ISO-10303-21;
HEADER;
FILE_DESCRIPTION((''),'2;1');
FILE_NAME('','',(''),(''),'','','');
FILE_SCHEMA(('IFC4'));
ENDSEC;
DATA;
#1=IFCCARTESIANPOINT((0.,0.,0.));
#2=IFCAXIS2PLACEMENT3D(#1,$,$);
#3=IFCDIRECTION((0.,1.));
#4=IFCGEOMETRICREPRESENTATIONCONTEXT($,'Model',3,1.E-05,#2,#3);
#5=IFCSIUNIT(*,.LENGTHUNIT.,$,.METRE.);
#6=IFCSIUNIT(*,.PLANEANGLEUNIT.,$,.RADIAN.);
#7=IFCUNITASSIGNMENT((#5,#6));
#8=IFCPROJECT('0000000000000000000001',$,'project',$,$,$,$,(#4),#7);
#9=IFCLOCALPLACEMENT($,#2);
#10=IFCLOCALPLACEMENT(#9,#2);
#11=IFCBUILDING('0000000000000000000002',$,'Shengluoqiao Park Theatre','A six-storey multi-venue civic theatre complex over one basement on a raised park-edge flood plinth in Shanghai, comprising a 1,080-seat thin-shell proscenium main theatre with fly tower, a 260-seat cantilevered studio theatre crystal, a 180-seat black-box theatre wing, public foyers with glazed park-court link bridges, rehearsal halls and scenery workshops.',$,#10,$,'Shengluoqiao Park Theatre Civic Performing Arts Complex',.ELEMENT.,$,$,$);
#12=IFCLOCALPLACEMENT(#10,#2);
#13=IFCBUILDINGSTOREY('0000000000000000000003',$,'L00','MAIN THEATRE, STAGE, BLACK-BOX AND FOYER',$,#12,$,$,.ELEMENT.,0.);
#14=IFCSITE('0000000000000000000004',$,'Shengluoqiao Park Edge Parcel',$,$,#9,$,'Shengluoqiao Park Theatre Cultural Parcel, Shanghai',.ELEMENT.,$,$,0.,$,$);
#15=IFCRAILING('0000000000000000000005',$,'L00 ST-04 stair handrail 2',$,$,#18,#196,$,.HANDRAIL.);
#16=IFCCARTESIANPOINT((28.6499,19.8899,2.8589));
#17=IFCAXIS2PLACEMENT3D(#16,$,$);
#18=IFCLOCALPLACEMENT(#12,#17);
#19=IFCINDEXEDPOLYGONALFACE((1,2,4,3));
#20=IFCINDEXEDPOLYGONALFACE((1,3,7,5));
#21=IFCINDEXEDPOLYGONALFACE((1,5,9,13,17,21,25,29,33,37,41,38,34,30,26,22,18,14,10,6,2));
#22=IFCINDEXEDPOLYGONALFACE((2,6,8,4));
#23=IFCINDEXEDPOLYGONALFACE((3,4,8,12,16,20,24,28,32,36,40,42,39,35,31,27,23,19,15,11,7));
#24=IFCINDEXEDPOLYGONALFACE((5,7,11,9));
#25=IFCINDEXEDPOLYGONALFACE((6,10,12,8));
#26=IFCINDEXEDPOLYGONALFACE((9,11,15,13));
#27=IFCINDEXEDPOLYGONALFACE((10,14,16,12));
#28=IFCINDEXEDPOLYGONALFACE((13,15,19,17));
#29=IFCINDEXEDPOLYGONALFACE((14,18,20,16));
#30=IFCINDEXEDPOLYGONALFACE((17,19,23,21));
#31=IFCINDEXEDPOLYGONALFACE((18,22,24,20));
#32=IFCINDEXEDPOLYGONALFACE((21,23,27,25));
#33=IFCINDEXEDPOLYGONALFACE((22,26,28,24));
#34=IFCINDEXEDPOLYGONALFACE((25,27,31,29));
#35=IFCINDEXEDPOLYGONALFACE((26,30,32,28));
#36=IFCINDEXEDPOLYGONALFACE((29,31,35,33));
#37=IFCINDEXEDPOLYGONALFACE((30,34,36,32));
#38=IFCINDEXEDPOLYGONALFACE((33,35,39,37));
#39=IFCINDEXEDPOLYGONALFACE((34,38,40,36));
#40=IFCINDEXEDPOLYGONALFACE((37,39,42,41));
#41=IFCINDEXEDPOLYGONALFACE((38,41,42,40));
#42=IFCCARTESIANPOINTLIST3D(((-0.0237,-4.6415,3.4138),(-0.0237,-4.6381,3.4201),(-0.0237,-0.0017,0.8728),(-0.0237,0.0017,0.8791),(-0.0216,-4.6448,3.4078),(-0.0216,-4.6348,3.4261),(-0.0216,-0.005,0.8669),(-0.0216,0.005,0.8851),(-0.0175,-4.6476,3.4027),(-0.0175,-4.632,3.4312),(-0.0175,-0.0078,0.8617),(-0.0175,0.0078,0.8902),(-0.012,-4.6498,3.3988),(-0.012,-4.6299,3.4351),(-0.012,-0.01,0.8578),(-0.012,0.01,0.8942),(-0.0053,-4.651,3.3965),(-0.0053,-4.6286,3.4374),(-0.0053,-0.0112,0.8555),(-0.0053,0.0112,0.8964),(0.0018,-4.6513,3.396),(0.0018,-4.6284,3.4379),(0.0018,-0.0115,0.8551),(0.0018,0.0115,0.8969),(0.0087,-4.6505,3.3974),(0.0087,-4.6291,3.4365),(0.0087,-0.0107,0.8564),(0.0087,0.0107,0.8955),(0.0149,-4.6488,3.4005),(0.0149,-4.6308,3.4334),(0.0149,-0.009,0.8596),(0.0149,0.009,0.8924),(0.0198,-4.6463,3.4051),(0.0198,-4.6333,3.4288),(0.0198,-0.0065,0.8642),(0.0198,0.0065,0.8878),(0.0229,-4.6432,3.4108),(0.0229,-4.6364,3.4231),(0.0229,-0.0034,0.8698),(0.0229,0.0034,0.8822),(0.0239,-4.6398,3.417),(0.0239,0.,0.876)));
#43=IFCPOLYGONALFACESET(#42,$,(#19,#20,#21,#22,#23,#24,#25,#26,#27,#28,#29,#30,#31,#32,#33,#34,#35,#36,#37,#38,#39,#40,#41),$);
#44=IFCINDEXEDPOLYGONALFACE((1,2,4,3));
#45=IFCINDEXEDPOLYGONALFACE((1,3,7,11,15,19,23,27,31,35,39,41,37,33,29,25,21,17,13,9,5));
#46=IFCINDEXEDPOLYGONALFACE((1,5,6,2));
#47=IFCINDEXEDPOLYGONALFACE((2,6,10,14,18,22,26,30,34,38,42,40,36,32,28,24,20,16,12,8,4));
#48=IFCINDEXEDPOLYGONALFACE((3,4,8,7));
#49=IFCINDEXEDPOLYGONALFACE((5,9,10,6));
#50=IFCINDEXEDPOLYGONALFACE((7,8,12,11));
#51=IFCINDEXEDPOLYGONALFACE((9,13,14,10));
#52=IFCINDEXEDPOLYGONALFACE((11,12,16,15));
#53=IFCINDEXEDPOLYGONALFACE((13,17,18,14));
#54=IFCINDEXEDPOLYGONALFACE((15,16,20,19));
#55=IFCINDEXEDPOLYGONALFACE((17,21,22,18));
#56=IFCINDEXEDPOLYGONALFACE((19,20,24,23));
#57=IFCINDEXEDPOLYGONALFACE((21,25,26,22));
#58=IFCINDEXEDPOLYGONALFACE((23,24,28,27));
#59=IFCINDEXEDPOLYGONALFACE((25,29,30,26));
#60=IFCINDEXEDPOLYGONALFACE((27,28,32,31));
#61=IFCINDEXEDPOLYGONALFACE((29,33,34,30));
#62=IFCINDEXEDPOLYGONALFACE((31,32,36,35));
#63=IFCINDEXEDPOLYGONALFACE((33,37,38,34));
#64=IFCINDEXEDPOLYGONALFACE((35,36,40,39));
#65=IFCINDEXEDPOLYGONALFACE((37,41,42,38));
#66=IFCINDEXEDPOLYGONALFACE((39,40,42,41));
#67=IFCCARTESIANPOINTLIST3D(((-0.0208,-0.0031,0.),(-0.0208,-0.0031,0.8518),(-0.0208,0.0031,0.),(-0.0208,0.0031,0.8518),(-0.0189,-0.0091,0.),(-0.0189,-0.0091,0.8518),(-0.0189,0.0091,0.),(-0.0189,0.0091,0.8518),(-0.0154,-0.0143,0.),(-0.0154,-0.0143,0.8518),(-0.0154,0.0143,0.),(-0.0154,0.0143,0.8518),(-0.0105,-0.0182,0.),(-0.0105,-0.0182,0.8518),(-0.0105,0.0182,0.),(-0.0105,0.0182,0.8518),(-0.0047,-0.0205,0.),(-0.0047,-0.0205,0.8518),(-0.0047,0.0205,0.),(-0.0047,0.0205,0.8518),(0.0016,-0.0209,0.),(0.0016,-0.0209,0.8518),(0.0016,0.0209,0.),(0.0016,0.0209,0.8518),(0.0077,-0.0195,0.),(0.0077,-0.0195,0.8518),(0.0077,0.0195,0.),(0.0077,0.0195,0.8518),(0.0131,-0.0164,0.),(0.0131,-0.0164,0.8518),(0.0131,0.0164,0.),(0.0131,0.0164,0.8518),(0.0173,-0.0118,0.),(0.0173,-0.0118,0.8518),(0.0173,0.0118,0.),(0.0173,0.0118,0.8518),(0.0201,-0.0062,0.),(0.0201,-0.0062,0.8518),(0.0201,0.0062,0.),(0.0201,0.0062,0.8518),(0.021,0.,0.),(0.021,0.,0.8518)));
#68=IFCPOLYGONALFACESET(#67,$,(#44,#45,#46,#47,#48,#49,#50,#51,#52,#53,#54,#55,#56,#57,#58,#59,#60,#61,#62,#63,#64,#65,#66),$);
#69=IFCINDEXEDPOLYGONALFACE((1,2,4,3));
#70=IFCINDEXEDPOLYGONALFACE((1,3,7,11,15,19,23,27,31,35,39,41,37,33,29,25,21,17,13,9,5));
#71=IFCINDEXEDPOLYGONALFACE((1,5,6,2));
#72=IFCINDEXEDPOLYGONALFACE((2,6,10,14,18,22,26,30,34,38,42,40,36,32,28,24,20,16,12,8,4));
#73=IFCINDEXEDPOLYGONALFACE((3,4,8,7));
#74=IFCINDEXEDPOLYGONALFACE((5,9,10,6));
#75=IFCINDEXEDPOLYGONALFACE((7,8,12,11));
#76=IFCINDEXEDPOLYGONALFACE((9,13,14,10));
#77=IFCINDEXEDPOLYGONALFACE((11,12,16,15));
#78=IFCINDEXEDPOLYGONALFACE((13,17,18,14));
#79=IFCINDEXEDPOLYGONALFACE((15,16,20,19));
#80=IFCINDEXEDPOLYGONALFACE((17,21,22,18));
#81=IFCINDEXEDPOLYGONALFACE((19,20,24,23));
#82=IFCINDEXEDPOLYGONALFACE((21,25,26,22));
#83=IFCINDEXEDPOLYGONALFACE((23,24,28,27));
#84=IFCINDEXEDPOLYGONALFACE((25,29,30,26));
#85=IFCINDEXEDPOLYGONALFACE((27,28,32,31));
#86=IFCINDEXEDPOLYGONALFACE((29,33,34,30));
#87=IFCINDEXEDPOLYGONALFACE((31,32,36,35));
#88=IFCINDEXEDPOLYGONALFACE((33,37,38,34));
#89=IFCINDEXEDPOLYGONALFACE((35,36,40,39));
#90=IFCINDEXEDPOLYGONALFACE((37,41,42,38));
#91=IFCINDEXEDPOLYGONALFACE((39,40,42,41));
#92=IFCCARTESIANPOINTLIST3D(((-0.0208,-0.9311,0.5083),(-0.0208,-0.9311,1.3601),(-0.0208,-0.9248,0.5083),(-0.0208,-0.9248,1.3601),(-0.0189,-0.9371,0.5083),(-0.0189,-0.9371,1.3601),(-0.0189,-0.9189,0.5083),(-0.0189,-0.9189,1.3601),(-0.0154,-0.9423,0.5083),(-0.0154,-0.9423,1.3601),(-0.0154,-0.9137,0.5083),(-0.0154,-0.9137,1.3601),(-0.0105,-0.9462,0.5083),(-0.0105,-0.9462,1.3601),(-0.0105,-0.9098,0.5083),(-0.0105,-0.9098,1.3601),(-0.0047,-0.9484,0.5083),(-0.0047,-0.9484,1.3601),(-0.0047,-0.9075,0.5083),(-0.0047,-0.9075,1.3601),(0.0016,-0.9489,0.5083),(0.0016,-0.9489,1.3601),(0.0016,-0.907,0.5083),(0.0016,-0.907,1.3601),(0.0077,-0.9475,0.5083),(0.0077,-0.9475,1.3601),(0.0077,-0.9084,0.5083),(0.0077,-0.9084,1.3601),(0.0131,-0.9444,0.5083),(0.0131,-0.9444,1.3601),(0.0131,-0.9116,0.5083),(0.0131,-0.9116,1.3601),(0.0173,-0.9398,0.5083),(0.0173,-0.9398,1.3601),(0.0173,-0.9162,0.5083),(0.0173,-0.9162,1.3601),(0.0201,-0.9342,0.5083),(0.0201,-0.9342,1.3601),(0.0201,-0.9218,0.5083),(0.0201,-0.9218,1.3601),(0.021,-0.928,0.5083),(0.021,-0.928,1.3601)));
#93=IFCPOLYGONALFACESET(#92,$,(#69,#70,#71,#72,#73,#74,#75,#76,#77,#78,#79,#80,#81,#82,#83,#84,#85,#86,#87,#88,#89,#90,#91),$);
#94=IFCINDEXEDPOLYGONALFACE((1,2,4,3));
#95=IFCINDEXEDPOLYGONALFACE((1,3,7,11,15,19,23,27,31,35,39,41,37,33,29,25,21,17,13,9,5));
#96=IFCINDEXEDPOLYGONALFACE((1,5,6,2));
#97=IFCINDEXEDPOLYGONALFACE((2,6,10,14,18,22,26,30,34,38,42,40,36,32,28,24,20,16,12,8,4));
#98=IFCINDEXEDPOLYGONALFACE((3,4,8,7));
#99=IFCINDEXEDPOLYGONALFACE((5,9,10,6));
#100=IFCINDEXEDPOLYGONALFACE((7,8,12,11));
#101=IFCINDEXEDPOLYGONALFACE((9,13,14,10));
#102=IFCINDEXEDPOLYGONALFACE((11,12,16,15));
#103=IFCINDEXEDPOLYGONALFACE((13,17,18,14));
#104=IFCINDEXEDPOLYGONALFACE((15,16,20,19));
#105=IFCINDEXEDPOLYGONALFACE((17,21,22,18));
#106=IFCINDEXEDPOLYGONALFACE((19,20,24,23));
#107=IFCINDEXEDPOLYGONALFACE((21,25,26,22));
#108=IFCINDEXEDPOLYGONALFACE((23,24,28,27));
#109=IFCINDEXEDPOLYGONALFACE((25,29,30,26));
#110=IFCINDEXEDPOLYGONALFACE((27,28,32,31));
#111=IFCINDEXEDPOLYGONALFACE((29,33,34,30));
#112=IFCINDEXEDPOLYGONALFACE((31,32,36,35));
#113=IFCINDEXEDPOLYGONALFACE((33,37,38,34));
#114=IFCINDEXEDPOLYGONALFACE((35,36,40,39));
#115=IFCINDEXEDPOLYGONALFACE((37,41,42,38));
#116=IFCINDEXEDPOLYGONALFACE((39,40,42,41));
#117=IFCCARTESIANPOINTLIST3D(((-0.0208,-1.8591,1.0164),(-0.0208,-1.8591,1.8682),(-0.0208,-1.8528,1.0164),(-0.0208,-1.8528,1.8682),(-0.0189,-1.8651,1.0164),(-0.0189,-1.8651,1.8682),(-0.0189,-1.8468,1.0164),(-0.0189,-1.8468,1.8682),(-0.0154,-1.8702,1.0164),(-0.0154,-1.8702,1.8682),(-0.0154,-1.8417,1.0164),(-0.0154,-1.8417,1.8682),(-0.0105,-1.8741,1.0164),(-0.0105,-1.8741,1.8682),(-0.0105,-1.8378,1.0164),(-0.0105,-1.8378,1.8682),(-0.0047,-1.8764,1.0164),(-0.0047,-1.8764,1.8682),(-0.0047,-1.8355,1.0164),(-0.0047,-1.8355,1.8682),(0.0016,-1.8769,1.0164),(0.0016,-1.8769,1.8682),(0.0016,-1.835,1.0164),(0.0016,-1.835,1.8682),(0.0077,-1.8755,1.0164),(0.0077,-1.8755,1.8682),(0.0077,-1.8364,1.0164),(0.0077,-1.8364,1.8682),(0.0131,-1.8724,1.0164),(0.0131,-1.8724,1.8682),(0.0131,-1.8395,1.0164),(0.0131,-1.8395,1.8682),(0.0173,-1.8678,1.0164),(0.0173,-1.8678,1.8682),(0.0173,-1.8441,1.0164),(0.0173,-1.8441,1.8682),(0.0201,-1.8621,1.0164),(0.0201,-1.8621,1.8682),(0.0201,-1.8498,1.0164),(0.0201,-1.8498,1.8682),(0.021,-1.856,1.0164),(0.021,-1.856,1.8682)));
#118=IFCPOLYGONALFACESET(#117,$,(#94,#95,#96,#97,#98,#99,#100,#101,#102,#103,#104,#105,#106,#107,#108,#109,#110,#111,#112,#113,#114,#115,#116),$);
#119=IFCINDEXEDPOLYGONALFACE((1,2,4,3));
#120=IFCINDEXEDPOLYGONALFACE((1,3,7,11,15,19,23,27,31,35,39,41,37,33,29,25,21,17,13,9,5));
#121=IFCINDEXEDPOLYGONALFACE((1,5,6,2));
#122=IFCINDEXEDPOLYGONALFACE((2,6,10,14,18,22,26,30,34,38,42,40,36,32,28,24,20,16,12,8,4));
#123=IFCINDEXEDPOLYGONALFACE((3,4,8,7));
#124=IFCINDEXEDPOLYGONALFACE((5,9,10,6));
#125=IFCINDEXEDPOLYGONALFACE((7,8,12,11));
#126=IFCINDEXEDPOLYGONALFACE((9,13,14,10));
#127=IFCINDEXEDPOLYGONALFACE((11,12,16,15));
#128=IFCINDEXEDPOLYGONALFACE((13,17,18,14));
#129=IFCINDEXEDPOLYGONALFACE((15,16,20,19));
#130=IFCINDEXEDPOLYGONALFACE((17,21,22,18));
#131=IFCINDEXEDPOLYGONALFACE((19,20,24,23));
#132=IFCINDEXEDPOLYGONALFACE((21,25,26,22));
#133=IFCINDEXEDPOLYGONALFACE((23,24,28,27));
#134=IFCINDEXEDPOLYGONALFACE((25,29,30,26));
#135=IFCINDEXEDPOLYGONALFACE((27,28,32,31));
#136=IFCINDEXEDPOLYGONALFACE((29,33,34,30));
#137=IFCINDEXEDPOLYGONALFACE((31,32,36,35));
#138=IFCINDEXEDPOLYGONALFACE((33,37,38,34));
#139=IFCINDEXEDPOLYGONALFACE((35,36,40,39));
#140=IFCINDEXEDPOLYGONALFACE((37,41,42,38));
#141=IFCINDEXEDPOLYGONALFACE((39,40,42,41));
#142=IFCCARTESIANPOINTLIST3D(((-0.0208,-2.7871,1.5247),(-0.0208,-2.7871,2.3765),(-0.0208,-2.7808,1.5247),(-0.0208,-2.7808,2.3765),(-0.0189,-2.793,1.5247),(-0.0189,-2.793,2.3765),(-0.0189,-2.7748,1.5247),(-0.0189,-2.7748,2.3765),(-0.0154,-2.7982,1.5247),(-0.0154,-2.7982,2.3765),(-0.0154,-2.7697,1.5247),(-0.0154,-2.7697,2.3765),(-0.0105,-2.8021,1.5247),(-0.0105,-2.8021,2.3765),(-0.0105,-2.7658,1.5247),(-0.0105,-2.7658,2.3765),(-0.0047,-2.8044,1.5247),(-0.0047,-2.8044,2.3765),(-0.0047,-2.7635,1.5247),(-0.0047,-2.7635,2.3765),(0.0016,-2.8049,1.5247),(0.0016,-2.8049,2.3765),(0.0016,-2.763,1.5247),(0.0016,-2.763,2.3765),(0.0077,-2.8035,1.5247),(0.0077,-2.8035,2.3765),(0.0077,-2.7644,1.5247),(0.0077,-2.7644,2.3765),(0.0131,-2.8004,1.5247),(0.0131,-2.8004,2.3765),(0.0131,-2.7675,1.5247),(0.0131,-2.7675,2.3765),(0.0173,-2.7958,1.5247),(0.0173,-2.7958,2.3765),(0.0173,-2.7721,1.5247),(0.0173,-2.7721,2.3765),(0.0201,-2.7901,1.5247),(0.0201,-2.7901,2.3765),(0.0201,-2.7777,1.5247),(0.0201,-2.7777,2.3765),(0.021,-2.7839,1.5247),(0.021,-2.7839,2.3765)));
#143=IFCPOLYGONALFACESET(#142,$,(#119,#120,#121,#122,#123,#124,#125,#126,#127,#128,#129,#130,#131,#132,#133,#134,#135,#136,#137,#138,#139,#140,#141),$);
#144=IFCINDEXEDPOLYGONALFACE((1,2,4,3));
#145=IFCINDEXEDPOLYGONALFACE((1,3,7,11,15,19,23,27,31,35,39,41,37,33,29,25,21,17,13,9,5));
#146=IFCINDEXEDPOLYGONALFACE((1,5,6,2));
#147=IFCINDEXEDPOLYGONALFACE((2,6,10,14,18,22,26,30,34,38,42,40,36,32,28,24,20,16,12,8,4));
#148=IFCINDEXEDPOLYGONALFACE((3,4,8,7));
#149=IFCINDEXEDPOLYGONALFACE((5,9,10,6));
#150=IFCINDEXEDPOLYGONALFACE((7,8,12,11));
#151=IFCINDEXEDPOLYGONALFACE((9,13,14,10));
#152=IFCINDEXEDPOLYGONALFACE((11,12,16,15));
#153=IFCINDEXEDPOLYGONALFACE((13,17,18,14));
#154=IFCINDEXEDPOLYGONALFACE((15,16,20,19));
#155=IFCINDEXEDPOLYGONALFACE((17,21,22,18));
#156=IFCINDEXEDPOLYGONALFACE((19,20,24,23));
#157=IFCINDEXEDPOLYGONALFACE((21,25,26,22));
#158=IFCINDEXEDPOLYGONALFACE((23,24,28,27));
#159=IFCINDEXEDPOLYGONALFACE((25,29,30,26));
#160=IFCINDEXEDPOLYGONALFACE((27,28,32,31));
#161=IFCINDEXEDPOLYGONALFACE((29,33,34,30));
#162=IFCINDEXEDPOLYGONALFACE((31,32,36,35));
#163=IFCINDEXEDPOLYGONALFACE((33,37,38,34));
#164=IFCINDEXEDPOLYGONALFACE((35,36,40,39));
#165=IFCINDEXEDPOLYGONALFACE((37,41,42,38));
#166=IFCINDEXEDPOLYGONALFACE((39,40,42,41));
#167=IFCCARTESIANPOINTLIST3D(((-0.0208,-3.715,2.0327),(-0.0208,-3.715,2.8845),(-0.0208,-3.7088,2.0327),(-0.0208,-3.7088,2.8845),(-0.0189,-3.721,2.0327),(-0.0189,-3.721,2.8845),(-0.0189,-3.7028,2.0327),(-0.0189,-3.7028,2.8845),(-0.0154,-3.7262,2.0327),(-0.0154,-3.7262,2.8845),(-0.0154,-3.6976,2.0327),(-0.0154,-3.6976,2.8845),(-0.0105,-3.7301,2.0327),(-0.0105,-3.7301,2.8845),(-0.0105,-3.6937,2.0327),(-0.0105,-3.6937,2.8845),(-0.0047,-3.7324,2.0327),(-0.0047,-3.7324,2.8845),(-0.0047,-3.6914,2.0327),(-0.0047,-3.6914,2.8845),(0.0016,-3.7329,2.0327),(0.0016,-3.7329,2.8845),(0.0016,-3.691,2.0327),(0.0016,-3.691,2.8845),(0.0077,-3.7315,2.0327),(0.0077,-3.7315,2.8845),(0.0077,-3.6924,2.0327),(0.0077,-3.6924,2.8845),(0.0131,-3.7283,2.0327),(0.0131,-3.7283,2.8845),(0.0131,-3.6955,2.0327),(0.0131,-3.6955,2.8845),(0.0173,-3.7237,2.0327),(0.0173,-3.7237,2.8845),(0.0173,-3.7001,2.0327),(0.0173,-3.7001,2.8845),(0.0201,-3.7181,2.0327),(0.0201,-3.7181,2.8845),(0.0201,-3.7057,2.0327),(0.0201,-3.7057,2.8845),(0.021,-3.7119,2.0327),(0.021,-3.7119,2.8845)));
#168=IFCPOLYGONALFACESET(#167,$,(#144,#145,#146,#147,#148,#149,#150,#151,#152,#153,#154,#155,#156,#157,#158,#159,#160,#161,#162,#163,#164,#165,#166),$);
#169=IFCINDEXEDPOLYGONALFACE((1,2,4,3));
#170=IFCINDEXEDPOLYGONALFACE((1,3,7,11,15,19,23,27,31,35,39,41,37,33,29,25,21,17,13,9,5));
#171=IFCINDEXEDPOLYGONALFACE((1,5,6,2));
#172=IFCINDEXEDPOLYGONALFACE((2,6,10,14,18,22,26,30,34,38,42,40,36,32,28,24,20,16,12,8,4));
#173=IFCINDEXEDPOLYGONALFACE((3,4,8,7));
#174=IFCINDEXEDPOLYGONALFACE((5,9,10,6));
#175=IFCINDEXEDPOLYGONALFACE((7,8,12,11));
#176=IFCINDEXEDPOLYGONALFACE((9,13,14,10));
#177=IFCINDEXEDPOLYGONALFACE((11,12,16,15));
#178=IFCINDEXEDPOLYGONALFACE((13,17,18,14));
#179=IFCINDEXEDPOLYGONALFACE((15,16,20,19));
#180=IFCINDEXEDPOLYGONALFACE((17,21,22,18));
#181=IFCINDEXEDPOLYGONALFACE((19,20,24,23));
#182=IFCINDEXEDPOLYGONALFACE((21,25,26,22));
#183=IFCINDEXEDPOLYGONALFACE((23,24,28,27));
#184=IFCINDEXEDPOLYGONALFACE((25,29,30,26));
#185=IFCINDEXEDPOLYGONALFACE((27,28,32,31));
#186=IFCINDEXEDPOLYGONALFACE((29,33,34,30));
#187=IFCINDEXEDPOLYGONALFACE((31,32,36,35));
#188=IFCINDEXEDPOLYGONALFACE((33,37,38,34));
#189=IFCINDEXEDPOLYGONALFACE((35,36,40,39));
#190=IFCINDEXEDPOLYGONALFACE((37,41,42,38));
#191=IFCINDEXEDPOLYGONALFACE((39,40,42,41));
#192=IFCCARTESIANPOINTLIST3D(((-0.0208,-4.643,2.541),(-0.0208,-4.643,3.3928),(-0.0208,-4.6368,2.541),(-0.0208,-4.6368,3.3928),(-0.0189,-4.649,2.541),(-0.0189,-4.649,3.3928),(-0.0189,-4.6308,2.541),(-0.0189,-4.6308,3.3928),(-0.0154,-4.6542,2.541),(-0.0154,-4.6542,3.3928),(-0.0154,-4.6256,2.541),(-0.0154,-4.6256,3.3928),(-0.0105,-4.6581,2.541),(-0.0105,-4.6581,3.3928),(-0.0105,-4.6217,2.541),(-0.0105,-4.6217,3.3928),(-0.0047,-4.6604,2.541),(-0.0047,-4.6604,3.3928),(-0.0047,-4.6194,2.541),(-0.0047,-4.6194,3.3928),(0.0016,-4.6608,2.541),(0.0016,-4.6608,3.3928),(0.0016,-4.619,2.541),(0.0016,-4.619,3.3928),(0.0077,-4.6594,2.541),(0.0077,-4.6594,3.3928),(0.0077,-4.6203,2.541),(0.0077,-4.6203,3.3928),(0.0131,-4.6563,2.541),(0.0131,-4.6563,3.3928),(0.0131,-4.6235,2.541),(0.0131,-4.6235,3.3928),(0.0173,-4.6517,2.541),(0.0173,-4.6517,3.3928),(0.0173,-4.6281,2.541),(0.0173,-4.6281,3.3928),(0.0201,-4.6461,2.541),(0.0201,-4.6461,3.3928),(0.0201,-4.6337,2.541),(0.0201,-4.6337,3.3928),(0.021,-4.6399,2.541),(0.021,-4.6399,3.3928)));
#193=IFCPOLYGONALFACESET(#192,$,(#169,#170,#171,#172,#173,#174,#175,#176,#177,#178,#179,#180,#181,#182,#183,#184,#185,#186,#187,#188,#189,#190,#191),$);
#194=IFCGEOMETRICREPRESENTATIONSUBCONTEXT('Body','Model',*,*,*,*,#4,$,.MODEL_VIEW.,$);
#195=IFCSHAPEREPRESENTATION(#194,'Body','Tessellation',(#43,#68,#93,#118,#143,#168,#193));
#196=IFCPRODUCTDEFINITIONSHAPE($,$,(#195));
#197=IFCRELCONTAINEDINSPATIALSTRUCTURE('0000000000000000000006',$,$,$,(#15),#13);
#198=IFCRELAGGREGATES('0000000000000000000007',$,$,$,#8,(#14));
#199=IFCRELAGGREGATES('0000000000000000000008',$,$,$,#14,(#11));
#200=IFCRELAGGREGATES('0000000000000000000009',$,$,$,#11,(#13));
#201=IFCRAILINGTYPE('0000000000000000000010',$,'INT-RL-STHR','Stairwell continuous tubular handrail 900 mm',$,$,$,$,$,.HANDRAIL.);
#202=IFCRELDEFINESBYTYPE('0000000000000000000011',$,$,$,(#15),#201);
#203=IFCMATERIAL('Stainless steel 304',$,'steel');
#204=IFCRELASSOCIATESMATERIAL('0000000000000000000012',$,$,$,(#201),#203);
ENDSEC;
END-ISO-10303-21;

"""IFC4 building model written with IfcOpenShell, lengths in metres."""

from ifc_helpers import new_model, si_unit, direction, frame, origin, origin_2d, place, context, subcontext, project, spatial, circle, extrude, material, type_object, element, save


model = new_model("IFC4")

# Units and contexts
model_context = context("Model", 3, precision=1e-05, world=origin(), true_north=direction((0.0, 1.0)))
body_context = subcontext(model_context, "Body", "Model", "MODEL_VIEW")
ifc_project = project(units=[si_unit("LENGTHUNIT", "METRE"), si_unit("PLANEANGLEUNIT", "RADIAN")], contexts=[model_context])

# Site, building, storey
site_placement = place(None, origin())
site = spatial("IfcSite", under=ifc_project, at=site_placement, Name="Shengluoqiao Park Edge Parcel", LongName="Shengluoqiao Park Theatre Cultural Parcel, Shanghai", CompositionType="ELEMENT", RefElevation=0.0)
building_placement = place(site_placement, origin())
building = spatial("IfcBuilding", under=site, at=building_placement, Name="Shengluoqiao Park Theatre", Description="A six-storey multi-venue civic theatre complex over one basement on a raised park-edge flood plinth in Shanghai, comprising a 1,080-seat thin-shell proscenium main theatre with fly tower, a 260-seat cantilevered studio theatre crystal, a 180-seat black-box theatre wing, public foyers with glazed park-court link bridges, rehearsal halls and scenery workshops.", LongName="Shengluoqiao Park Theatre Civic Performing Arts Complex", CompositionType="ELEMENT")
storey_placement = place(building_placement, origin())
storey = spatial("IfcBuildingStorey", under=building, at=storey_placement, Name="L00", Description="MAIN THEATRE, STAGE, BLACK-BOX AND FOYER", CompositionType="ELEMENT", Elevation=0.0)

# Railing
ifc_material_1 = material(Name="Stainless steel 304", Category="steel")
railing_type = type_object("IfcRailingType", Name="INT-RL-STHR", Description="Stairwell continuous tubular handrail 900 mm", PredefinedType="HANDRAIL", material=ifc_material_1)
railing_placement = place(storey_placement, frame((28.6499, 19.8899, 2.8589)))
element("IfcRailing", 1, at=railing_placement, inside=storey, type_object=railing_type, Name="L00 ST-04 stair handrail 2", PredefinedType="HANDRAIL", context=body_context, shape_type="SweptSolid", body=[
    extrude(circle(Radius=0.0239, at=origin_2d()), frame((0.0, 0.0, 0.876), z_axis=(0.0, -0.877087, 0.480332), x_axis=(1.0, 0.0, 0.0)), (0.0, 0.0, 1.0), 5.29),
    extrude(circle(Radius=0.021, at=origin_2d()), origin(), (0.0, 0.0, 1.0), 0.8518),
    extrude(circle(Radius=0.021, at=origin_2d()), frame((0.0, -0.928, 0.5083)), (0.0, 0.0, 1.0), 0.8518),
    extrude(circle(Radius=0.021, at=origin_2d()), frame((0.0, -1.856, 1.0164)), (0.0, 0.0, 1.0), 0.8518),
    extrude(circle(Radius=0.021, at=origin_2d()), frame((0.0, -2.7839, 1.5247)), (0.0, 0.0, 1.0), 0.8518),
    extrude(circle(Radius=0.021, at=origin_2d()), frame((0.0, -3.7119, 2.0327)), (0.0, 0.0, 1.0), 0.8518),
    extrude(circle(Radius=0.021, at=origin_2d()), frame((0.0, -4.6399, 2.541)), (0.0, 0.0, 1.0), 0.8518),
])

save(model, "model.ifc")
